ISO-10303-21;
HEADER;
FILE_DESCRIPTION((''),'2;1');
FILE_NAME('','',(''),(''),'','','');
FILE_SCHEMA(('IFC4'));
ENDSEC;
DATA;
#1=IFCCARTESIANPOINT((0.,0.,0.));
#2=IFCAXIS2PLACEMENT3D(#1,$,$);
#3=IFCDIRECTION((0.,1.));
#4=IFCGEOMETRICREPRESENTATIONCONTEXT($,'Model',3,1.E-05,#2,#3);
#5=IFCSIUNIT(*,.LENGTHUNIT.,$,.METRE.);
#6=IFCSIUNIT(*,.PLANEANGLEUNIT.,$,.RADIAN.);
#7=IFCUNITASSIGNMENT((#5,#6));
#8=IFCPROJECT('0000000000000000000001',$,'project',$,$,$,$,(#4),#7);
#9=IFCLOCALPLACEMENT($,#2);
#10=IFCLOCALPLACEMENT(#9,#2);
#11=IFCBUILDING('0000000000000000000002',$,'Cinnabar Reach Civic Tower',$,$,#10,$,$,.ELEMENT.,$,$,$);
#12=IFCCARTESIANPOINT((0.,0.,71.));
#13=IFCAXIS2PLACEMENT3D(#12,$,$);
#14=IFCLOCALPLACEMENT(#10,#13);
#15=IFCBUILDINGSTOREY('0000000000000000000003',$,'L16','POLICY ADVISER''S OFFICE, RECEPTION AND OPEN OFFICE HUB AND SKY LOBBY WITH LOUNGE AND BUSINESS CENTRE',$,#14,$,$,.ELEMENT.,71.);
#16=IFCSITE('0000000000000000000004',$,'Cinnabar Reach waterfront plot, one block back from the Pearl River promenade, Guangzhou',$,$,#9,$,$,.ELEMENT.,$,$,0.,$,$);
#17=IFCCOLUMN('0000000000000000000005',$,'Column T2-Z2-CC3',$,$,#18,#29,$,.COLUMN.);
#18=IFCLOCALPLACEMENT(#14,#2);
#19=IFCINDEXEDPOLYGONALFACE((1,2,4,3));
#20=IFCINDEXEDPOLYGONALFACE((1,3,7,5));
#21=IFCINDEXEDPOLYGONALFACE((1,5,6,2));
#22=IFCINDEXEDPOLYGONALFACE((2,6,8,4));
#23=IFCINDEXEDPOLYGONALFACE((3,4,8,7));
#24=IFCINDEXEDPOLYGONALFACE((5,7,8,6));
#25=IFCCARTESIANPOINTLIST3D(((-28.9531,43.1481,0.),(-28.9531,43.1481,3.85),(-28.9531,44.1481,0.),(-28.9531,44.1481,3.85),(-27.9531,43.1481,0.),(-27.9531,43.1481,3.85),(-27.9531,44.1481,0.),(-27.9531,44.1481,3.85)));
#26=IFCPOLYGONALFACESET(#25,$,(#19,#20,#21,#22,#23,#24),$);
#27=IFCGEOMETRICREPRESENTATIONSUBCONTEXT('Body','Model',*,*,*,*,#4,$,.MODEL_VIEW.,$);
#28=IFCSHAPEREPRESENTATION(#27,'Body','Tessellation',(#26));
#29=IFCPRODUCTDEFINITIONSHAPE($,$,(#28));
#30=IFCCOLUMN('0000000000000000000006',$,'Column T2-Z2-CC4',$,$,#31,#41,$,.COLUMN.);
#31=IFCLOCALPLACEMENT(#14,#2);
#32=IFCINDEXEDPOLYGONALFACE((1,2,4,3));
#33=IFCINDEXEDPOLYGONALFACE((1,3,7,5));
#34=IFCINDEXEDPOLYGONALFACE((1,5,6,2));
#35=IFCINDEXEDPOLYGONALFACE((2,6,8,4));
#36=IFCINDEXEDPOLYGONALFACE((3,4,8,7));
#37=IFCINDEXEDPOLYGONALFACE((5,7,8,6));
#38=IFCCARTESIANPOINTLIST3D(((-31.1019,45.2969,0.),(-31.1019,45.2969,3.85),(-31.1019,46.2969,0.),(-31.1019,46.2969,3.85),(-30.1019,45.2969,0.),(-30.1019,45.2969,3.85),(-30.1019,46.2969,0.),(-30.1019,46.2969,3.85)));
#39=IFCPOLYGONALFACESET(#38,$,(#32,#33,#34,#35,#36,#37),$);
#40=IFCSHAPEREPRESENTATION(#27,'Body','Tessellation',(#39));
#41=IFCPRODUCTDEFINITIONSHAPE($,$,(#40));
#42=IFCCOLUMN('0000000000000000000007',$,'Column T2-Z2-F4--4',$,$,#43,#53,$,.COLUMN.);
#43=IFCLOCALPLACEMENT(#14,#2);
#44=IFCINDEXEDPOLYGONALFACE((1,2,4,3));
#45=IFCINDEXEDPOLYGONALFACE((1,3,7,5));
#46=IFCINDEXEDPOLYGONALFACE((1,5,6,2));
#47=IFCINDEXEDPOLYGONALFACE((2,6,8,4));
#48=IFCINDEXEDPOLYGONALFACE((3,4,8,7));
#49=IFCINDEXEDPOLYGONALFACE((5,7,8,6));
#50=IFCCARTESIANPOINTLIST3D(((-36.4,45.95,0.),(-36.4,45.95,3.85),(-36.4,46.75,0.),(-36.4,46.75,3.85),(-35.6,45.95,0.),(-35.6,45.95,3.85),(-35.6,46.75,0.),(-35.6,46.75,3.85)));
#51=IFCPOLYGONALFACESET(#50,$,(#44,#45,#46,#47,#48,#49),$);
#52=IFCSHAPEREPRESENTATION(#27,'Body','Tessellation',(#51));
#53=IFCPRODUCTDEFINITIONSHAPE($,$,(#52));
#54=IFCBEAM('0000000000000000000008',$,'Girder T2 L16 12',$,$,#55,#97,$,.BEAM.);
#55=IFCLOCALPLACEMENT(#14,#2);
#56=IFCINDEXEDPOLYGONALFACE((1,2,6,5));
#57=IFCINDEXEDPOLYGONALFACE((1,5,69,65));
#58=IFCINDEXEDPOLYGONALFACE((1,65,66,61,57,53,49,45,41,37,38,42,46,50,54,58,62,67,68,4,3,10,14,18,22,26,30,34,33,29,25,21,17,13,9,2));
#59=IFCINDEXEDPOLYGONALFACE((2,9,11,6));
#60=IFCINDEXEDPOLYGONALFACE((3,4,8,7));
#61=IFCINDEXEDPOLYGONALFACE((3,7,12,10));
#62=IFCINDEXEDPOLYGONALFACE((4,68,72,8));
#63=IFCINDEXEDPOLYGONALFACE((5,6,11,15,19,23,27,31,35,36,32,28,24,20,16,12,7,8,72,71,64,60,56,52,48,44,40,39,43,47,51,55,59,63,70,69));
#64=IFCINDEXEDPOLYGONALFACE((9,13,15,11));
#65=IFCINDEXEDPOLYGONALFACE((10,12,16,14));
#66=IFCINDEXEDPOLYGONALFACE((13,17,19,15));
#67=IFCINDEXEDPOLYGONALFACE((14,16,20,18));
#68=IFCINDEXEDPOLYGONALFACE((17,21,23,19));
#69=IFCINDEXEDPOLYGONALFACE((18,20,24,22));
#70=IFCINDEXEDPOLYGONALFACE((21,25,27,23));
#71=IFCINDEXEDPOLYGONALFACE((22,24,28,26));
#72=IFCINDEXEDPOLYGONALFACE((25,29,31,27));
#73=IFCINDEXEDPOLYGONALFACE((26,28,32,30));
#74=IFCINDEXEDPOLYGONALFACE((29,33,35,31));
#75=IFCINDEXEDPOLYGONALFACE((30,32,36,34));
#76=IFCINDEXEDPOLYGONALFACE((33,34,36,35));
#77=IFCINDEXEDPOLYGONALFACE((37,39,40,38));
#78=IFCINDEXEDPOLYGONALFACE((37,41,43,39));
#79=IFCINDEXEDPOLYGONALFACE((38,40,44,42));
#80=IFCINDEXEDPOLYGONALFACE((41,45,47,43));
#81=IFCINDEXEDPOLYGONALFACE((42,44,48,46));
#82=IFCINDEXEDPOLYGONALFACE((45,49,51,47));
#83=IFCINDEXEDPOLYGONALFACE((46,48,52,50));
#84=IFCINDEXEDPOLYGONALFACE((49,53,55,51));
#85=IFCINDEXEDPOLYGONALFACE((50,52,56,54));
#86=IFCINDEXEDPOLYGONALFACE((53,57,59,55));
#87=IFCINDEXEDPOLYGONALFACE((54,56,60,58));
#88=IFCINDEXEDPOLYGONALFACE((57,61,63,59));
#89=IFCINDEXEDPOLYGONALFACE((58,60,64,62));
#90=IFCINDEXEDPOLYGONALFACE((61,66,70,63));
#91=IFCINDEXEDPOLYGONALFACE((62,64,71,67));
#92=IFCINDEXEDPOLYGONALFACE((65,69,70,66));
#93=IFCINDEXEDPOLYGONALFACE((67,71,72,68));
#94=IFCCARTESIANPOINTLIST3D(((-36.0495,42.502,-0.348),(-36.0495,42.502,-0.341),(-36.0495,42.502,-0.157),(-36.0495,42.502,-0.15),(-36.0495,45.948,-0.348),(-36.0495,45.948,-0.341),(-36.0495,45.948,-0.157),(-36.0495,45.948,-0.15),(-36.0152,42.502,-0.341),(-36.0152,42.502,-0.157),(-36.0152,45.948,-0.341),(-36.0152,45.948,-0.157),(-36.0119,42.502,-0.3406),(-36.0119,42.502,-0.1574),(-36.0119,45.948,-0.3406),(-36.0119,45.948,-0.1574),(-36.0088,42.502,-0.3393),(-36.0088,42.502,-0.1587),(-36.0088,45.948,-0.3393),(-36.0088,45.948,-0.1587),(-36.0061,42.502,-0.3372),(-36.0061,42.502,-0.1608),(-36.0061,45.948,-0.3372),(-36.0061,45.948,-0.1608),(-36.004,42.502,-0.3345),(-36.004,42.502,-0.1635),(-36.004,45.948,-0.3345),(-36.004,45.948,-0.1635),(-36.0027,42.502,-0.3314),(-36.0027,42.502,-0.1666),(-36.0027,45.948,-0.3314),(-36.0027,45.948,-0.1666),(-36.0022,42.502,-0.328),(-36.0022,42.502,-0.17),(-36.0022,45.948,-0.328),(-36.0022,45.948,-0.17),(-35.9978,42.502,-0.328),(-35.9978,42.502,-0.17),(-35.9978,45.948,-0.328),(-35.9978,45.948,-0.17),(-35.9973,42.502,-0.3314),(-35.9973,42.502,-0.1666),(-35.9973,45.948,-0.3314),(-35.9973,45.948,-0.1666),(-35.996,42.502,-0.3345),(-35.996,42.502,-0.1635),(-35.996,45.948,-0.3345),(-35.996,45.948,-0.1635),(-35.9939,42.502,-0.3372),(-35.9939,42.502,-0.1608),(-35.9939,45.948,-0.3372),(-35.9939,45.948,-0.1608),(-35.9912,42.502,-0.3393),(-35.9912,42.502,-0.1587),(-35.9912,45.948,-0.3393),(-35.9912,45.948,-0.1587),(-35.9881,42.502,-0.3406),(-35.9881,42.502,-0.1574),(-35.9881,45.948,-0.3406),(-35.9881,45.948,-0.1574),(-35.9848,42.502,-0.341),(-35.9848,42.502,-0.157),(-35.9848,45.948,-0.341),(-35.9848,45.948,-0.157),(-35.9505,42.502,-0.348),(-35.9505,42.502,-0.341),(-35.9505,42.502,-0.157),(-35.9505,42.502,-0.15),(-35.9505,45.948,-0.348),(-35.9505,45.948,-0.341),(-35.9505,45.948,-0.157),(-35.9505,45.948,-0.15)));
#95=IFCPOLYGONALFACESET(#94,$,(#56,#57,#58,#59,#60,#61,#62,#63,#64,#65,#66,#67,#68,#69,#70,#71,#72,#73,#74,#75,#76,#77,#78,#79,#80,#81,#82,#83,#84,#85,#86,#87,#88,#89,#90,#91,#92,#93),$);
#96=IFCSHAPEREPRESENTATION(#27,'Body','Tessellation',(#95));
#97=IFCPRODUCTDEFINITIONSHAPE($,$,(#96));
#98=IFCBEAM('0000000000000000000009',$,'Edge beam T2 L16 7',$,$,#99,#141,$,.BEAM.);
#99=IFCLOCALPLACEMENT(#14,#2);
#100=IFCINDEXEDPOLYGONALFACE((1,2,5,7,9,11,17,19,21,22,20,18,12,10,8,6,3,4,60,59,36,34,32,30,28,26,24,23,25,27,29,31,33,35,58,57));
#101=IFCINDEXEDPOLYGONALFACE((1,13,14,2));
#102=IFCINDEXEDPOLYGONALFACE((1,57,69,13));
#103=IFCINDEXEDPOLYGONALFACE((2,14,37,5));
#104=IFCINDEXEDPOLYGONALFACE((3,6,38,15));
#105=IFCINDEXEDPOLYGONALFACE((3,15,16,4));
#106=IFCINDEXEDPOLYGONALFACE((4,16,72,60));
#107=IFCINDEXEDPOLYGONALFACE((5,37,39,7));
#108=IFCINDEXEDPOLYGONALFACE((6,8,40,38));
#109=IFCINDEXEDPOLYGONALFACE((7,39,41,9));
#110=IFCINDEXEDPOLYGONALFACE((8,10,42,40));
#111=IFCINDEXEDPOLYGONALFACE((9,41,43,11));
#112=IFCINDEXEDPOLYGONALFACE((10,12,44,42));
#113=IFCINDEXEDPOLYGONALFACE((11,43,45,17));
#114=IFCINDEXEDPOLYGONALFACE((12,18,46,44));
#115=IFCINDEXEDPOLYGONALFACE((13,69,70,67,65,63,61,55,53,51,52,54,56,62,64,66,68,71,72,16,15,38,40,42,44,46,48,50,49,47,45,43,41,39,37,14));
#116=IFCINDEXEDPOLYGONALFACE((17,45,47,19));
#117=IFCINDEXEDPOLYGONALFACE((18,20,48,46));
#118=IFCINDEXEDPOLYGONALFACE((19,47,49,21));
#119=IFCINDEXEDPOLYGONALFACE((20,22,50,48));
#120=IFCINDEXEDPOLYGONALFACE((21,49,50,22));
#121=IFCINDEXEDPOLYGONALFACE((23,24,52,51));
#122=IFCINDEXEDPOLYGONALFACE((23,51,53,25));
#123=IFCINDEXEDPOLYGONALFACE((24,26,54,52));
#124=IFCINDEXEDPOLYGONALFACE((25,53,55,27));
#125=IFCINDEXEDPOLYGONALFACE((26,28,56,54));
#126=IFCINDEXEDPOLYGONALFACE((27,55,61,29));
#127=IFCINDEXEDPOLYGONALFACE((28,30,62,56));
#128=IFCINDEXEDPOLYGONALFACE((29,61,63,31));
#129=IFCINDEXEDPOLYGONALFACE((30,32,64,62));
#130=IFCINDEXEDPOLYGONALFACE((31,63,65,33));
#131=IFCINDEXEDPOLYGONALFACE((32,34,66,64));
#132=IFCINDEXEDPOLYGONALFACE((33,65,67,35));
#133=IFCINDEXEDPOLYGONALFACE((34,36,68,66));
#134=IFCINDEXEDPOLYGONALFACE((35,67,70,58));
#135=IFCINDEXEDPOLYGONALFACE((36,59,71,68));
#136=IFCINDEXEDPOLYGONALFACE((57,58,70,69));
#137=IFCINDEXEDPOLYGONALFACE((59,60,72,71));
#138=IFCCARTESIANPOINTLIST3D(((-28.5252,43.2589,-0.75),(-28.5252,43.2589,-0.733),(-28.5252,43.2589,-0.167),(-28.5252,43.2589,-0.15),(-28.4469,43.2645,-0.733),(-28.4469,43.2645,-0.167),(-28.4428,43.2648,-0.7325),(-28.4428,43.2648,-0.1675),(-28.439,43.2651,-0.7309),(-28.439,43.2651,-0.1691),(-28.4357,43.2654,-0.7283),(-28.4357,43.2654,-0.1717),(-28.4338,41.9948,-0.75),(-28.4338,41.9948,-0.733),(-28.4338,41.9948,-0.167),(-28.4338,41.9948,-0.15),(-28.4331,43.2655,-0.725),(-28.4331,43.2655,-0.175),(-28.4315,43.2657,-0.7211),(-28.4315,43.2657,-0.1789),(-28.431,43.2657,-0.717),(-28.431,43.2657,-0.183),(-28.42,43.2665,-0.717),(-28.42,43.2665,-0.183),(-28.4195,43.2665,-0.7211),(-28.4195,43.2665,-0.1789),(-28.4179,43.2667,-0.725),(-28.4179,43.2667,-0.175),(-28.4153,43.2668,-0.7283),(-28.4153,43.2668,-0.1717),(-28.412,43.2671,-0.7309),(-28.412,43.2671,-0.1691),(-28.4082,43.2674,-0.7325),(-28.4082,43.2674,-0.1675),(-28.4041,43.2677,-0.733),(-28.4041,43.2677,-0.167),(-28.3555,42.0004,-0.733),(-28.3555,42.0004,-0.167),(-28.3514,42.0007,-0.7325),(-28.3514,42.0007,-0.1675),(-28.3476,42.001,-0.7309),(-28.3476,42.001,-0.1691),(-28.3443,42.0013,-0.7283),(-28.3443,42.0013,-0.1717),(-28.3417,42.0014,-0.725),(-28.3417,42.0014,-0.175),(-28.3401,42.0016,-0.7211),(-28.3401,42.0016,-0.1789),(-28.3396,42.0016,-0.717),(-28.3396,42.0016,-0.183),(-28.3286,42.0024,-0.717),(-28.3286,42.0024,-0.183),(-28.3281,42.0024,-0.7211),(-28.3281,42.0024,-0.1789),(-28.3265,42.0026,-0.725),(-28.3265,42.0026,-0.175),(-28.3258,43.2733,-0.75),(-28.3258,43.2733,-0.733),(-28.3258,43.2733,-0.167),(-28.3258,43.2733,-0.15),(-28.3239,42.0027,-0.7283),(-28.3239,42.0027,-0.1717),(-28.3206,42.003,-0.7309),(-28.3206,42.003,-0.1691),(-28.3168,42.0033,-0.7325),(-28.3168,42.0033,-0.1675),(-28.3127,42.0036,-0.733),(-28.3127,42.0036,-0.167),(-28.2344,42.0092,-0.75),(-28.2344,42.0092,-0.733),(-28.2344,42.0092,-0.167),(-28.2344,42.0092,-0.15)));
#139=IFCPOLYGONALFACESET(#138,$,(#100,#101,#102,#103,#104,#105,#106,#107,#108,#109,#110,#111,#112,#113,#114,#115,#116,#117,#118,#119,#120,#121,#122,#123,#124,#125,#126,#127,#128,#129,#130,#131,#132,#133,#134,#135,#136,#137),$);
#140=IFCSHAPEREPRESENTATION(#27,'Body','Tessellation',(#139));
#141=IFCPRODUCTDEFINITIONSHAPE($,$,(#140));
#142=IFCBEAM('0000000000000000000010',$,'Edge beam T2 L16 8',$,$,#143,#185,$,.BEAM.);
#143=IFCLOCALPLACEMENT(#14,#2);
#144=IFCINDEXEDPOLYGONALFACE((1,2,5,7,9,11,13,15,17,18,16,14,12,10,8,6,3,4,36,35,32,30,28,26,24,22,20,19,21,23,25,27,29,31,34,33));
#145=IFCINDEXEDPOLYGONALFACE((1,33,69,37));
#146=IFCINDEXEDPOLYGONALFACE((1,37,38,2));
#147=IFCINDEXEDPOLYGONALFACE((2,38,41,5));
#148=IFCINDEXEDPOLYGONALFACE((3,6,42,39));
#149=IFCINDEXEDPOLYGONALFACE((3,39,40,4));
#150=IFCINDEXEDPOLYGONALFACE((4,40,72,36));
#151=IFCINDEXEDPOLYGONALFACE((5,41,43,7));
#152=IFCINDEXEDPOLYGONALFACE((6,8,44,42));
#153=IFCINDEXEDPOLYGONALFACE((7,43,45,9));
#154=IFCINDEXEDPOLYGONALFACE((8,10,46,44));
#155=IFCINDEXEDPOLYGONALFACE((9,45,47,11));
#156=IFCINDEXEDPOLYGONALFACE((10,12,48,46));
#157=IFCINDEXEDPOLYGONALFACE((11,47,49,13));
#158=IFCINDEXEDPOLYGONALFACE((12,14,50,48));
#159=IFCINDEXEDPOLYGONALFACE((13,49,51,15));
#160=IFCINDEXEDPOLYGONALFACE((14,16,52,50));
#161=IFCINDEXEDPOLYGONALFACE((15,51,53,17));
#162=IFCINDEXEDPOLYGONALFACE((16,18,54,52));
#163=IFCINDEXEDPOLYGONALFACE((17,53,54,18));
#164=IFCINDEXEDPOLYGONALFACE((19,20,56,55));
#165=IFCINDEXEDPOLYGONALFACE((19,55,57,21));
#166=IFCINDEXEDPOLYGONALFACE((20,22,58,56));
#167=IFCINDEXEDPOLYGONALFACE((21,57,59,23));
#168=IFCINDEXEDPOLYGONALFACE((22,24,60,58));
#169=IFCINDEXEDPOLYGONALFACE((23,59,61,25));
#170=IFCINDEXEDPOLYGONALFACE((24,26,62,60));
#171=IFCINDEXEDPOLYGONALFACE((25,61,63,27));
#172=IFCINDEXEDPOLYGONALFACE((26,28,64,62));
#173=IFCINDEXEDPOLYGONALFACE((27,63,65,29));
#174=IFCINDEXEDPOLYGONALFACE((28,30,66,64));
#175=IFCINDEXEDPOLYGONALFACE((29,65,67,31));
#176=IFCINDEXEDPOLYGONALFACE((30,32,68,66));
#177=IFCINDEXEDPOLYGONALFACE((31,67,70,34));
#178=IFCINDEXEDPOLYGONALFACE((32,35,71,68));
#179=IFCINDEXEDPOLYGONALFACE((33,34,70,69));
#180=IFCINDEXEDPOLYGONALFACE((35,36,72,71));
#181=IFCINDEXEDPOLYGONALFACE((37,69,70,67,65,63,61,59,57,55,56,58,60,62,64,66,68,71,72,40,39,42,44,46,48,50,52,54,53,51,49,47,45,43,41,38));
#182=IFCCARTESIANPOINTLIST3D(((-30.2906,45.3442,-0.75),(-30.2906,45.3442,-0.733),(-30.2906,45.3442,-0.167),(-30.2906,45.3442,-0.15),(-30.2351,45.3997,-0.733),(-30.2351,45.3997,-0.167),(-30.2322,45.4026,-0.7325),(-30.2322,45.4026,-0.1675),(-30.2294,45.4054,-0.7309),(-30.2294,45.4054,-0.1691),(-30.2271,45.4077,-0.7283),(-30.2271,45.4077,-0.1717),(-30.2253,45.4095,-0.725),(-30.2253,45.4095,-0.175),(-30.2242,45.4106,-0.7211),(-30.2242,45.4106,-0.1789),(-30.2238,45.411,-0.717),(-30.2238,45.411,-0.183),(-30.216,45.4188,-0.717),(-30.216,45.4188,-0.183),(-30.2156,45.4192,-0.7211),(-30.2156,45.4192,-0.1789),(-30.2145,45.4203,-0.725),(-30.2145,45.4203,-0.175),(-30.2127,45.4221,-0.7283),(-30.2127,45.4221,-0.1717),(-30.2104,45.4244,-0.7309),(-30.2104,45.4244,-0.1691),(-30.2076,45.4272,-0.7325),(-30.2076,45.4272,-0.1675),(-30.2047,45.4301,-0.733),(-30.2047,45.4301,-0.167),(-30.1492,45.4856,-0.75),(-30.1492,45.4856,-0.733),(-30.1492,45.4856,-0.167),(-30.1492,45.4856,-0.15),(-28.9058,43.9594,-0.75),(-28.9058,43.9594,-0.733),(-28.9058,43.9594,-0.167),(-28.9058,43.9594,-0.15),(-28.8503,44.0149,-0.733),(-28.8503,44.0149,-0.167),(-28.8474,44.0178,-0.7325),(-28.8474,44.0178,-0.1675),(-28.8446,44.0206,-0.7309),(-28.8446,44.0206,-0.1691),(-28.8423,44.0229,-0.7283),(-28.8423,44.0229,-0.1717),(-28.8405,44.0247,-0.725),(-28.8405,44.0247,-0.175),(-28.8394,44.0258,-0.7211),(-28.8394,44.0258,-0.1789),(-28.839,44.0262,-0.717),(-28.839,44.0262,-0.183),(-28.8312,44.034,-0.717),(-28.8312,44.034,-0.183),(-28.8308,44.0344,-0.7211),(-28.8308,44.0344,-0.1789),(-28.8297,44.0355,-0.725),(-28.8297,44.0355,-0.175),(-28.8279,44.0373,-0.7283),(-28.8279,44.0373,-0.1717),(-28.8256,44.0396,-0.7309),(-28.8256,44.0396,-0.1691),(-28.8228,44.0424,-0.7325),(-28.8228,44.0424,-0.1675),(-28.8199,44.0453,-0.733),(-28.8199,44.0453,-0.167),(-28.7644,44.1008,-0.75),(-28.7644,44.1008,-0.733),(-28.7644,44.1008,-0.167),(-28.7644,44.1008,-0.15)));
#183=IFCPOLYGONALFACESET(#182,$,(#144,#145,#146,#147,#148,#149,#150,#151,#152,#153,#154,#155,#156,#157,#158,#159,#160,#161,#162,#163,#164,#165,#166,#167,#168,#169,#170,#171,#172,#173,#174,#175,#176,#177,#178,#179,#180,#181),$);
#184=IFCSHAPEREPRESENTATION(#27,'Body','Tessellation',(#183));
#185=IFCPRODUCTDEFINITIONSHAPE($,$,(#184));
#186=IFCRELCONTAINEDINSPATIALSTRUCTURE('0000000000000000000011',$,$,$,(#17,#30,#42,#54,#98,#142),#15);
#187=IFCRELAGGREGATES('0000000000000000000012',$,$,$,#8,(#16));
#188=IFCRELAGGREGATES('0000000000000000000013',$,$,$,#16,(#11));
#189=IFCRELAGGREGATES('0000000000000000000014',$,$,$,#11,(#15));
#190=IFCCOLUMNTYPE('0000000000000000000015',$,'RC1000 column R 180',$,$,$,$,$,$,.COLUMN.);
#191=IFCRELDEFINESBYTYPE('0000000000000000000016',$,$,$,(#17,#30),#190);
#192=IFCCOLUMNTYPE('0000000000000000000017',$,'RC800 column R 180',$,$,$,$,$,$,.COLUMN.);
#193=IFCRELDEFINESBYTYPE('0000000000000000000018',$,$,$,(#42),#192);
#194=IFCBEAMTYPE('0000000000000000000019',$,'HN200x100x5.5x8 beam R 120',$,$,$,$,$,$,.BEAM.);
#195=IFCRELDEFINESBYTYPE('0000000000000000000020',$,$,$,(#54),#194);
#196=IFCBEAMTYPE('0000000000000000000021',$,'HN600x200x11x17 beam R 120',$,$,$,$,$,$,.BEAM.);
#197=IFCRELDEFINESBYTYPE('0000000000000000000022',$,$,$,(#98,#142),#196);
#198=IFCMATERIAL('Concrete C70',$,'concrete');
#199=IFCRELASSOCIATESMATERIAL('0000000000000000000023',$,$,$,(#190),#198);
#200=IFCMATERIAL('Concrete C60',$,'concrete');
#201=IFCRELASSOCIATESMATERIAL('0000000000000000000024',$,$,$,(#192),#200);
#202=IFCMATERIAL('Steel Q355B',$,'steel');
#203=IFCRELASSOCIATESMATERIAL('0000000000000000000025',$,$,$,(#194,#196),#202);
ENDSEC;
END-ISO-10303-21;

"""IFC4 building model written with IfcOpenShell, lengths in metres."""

from ifc_helpers import new_model, si_unit, direction, frame, origin, origin_2d, place, context, subcontext, project, spatial, rectangle, i_section, extrude, material, material_profile, profile_set, type_object, element, save


model = new_model("IFC4")

# Units and contexts
model_context = context("Model", 3, precision=1e-05, world=origin(), true_north=direction((0.0, 1.0)))
body_context = subcontext(model_context, "Body", "Model", "MODEL_VIEW")
ifc_project = project(units=[si_unit("LENGTHUNIT", "METRE"), si_unit("PLANEANGLEUNIT", "RADIAN")], contexts=[model_context])

# Site, building, storey
site_placement = place(None, origin())
site = spatial("IfcSite", under=ifc_project, at=site_placement, Name="Cinnabar Reach waterfront plot, one block back from the Pearl River promenade, Guangzhou", CompositionType="ELEMENT", RefElevation=0.0)
building_placement = place(site_placement, origin())
building = spatial("IfcBuilding", under=site, at=building_placement, Name="Cinnabar Reach Civic Tower", CompositionType="ELEMENT")
storey_placement = place(building_placement, frame((0.0, 0.0, 71.0)))
storey = spatial("IfcBuildingStorey", under=building, at=storey_placement, Name="L16", Description="POLICY ADVISER'S OFFICE, RECEPTION AND OPEN OFFICE HUB AND SKY LOBBY WITH LOUNGE AND BUSINESS CENTRE", CompositionType="ELEMENT", Elevation=71.0)

# Columns
ifc_material_1 = material(Name="Concrete C70", Category="concrete")
ifc_material_profile_1 = material_profile(ifc_material_1, rectangle(XDim=1.0, YDim=1.0, at=origin_2d()), Name="RC1000")
ifc_profile_set_1 = profile_set([ifc_material_profile_1], Name="Concrete C70")
column_type_1 = type_object("IfcColumnType", Name="RC1000 column R 180", PredefinedType="COLUMN", material=ifc_profile_set_1)
for number, where, z_axis, x_axis, name in (
    (1, (-28.4531, 43.6481, 0.0), (0.0, 0.0, 1.0), (1.0, 0.0, 0.0), "Column T2-Z2-CC3"),
    (2, (-30.6019, 45.7969, 0.0), (0.0, 0.0, 1.0), (1.0, 0.0, 0.0), "Column T2-Z2-CC4"),
):
    element("IfcColumn", number, at=place(storey_placement, frame(where, z_axis=z_axis, x_axis=x_axis)), inside=storey, type_object=column_type_1, Name=name, PredefinedType="COLUMN", context=body_context, shape_type="SweptSolid", body=[
        extrude(rectangle(XDim=1.0, YDim=1.0, at=origin_2d()), origin(), (0.0, 0.0, 1.0), 3.85),
    ])
ifc_material_2 = material(Name="Concrete C60", Category="concrete")
ifc_material_profile_2 = material_profile(ifc_material_2, rectangle(XDim=0.8, YDim=0.8, at=origin_2d()), Name="RC800")
ifc_profile_set_2 = profile_set([ifc_material_profile_2], Name="Concrete C60")
column_type_2 = type_object("IfcColumnType", Name="RC800 column R 180", PredefinedType="COLUMN", material=ifc_profile_set_2)
column_placement = place(storey_placement, frame((-36.0, 46.35, 0.0), z_axis=(0.0, 0.0, 1.0), x_axis=(1.0, 0.0, 0.0)))
element("IfcColumn", 3, at=column_placement, inside=storey, type_object=column_type_2, Name="Column T2-Z2-F4--4", PredefinedType="COLUMN", context=body_context, shape_type="SweptSolid", body=[
    extrude(rectangle(XDim=0.8, YDim=0.8, at=origin_2d()), origin(), (0.0, 0.0, 1.0), 3.85),
])

# Beams
ifc_material_3 = material(Name="Steel Q355B", Category="steel")
ifc_material_profile_3 = material_profile(ifc_material_3, i_section(OverallWidth=0.099, OverallDepth=0.198, WebThickness=0.0045, FlangeThickness=0.007, FilletRadius=0.013, at=origin_2d()), Name="HN200x100x5.5x8")
ifc_profile_set_3 = profile_set([ifc_material_profile_3], Name="Steel Q355B")
beam_type_1 = type_object("IfcBeamType", Name="HN200x100x5.5x8 beam R 120", PredefinedType="BEAM", material=ifc_profile_set_3)
beam_1_placement = place(storey_placement, frame((-36.0, 42.502, -0.249), z_axis=(0.0, 1.0, 0.0), x_axis=(-1.0, 0.0, 0.0)))
element("IfcBeam", 4, at=beam_1_placement, inside=storey, type_object=beam_type_1, Name="Girder T2 L16 12", PredefinedType="BEAM", context=body_context, shape_type="SweptSolid", body=[
    extrude(i_section(OverallWidth=0.099, OverallDepth=0.198, WebThickness=0.0045, FlangeThickness=0.007, FilletRadius=0.013, at=origin_2d()), origin(), (0.0, 0.0, 1.0), 3.446),
])
ifc_material_profile_4 = material_profile(ifc_material_3, i_section(OverallWidth=0.2, OverallDepth=0.6, WebThickness=0.011, FlangeThickness=0.017, FilletRadius=0.016, at=origin_2d()), Name="HN600x200x11x17")
ifc_profile_set_4 = profile_set([ifc_material_profile_4], Name="Steel Q355B")
beam_type_2 = type_object("IfcBeamType", Name="HN600x200x11x17 beam R 120", PredefinedType="BEAM", material=ifc_profile_set_4)
beam_2_placement = place(storey_placement, frame((-28.3341, 42.002, -0.45), z_axis=(-0.072116, 0.997396, 0.0), x_axis=(-0.997396, -0.072116, 0.0)))
element("IfcBeam", 5, at=beam_2_placement, inside=storey, type_object=beam_type_2, Name="Edge beam T2 L16 7", PredefinedType="BEAM", context=body_context, shape_type="SweptSolid", body=[
    extrude(i_section(OverallWidth=0.2, OverallDepth=0.6, WebThickness=0.011, FlangeThickness=0.017, FilletRadius=0.016, at=origin_2d()), origin(), (0.0, 0.0, 1.0), 1.2674),
])
beam_3_placement = place(storey_placement, frame((-28.8351, 44.0301, -0.45), z_axis=(-0.707107, 0.707107, 0.0), x_axis=(-0.707107, -0.707107, 0.0)))
element("IfcBeam", 6, at=beam_3_placement, inside=storey, type_object=beam_type_2, Name="Edge beam T2 L16 8", PredefinedType="BEAM", context=body_context, shape_type="SweptSolid", body=[
    extrude(i_section(OverallWidth=0.2, OverallDepth=0.6, WebThickness=0.011, FlangeThickness=0.017, FilletRadius=0.016, at=origin_2d()), origin(), (0.0, 0.0, 1.0), 1.9584),
])

save(model, "model.ifc")
